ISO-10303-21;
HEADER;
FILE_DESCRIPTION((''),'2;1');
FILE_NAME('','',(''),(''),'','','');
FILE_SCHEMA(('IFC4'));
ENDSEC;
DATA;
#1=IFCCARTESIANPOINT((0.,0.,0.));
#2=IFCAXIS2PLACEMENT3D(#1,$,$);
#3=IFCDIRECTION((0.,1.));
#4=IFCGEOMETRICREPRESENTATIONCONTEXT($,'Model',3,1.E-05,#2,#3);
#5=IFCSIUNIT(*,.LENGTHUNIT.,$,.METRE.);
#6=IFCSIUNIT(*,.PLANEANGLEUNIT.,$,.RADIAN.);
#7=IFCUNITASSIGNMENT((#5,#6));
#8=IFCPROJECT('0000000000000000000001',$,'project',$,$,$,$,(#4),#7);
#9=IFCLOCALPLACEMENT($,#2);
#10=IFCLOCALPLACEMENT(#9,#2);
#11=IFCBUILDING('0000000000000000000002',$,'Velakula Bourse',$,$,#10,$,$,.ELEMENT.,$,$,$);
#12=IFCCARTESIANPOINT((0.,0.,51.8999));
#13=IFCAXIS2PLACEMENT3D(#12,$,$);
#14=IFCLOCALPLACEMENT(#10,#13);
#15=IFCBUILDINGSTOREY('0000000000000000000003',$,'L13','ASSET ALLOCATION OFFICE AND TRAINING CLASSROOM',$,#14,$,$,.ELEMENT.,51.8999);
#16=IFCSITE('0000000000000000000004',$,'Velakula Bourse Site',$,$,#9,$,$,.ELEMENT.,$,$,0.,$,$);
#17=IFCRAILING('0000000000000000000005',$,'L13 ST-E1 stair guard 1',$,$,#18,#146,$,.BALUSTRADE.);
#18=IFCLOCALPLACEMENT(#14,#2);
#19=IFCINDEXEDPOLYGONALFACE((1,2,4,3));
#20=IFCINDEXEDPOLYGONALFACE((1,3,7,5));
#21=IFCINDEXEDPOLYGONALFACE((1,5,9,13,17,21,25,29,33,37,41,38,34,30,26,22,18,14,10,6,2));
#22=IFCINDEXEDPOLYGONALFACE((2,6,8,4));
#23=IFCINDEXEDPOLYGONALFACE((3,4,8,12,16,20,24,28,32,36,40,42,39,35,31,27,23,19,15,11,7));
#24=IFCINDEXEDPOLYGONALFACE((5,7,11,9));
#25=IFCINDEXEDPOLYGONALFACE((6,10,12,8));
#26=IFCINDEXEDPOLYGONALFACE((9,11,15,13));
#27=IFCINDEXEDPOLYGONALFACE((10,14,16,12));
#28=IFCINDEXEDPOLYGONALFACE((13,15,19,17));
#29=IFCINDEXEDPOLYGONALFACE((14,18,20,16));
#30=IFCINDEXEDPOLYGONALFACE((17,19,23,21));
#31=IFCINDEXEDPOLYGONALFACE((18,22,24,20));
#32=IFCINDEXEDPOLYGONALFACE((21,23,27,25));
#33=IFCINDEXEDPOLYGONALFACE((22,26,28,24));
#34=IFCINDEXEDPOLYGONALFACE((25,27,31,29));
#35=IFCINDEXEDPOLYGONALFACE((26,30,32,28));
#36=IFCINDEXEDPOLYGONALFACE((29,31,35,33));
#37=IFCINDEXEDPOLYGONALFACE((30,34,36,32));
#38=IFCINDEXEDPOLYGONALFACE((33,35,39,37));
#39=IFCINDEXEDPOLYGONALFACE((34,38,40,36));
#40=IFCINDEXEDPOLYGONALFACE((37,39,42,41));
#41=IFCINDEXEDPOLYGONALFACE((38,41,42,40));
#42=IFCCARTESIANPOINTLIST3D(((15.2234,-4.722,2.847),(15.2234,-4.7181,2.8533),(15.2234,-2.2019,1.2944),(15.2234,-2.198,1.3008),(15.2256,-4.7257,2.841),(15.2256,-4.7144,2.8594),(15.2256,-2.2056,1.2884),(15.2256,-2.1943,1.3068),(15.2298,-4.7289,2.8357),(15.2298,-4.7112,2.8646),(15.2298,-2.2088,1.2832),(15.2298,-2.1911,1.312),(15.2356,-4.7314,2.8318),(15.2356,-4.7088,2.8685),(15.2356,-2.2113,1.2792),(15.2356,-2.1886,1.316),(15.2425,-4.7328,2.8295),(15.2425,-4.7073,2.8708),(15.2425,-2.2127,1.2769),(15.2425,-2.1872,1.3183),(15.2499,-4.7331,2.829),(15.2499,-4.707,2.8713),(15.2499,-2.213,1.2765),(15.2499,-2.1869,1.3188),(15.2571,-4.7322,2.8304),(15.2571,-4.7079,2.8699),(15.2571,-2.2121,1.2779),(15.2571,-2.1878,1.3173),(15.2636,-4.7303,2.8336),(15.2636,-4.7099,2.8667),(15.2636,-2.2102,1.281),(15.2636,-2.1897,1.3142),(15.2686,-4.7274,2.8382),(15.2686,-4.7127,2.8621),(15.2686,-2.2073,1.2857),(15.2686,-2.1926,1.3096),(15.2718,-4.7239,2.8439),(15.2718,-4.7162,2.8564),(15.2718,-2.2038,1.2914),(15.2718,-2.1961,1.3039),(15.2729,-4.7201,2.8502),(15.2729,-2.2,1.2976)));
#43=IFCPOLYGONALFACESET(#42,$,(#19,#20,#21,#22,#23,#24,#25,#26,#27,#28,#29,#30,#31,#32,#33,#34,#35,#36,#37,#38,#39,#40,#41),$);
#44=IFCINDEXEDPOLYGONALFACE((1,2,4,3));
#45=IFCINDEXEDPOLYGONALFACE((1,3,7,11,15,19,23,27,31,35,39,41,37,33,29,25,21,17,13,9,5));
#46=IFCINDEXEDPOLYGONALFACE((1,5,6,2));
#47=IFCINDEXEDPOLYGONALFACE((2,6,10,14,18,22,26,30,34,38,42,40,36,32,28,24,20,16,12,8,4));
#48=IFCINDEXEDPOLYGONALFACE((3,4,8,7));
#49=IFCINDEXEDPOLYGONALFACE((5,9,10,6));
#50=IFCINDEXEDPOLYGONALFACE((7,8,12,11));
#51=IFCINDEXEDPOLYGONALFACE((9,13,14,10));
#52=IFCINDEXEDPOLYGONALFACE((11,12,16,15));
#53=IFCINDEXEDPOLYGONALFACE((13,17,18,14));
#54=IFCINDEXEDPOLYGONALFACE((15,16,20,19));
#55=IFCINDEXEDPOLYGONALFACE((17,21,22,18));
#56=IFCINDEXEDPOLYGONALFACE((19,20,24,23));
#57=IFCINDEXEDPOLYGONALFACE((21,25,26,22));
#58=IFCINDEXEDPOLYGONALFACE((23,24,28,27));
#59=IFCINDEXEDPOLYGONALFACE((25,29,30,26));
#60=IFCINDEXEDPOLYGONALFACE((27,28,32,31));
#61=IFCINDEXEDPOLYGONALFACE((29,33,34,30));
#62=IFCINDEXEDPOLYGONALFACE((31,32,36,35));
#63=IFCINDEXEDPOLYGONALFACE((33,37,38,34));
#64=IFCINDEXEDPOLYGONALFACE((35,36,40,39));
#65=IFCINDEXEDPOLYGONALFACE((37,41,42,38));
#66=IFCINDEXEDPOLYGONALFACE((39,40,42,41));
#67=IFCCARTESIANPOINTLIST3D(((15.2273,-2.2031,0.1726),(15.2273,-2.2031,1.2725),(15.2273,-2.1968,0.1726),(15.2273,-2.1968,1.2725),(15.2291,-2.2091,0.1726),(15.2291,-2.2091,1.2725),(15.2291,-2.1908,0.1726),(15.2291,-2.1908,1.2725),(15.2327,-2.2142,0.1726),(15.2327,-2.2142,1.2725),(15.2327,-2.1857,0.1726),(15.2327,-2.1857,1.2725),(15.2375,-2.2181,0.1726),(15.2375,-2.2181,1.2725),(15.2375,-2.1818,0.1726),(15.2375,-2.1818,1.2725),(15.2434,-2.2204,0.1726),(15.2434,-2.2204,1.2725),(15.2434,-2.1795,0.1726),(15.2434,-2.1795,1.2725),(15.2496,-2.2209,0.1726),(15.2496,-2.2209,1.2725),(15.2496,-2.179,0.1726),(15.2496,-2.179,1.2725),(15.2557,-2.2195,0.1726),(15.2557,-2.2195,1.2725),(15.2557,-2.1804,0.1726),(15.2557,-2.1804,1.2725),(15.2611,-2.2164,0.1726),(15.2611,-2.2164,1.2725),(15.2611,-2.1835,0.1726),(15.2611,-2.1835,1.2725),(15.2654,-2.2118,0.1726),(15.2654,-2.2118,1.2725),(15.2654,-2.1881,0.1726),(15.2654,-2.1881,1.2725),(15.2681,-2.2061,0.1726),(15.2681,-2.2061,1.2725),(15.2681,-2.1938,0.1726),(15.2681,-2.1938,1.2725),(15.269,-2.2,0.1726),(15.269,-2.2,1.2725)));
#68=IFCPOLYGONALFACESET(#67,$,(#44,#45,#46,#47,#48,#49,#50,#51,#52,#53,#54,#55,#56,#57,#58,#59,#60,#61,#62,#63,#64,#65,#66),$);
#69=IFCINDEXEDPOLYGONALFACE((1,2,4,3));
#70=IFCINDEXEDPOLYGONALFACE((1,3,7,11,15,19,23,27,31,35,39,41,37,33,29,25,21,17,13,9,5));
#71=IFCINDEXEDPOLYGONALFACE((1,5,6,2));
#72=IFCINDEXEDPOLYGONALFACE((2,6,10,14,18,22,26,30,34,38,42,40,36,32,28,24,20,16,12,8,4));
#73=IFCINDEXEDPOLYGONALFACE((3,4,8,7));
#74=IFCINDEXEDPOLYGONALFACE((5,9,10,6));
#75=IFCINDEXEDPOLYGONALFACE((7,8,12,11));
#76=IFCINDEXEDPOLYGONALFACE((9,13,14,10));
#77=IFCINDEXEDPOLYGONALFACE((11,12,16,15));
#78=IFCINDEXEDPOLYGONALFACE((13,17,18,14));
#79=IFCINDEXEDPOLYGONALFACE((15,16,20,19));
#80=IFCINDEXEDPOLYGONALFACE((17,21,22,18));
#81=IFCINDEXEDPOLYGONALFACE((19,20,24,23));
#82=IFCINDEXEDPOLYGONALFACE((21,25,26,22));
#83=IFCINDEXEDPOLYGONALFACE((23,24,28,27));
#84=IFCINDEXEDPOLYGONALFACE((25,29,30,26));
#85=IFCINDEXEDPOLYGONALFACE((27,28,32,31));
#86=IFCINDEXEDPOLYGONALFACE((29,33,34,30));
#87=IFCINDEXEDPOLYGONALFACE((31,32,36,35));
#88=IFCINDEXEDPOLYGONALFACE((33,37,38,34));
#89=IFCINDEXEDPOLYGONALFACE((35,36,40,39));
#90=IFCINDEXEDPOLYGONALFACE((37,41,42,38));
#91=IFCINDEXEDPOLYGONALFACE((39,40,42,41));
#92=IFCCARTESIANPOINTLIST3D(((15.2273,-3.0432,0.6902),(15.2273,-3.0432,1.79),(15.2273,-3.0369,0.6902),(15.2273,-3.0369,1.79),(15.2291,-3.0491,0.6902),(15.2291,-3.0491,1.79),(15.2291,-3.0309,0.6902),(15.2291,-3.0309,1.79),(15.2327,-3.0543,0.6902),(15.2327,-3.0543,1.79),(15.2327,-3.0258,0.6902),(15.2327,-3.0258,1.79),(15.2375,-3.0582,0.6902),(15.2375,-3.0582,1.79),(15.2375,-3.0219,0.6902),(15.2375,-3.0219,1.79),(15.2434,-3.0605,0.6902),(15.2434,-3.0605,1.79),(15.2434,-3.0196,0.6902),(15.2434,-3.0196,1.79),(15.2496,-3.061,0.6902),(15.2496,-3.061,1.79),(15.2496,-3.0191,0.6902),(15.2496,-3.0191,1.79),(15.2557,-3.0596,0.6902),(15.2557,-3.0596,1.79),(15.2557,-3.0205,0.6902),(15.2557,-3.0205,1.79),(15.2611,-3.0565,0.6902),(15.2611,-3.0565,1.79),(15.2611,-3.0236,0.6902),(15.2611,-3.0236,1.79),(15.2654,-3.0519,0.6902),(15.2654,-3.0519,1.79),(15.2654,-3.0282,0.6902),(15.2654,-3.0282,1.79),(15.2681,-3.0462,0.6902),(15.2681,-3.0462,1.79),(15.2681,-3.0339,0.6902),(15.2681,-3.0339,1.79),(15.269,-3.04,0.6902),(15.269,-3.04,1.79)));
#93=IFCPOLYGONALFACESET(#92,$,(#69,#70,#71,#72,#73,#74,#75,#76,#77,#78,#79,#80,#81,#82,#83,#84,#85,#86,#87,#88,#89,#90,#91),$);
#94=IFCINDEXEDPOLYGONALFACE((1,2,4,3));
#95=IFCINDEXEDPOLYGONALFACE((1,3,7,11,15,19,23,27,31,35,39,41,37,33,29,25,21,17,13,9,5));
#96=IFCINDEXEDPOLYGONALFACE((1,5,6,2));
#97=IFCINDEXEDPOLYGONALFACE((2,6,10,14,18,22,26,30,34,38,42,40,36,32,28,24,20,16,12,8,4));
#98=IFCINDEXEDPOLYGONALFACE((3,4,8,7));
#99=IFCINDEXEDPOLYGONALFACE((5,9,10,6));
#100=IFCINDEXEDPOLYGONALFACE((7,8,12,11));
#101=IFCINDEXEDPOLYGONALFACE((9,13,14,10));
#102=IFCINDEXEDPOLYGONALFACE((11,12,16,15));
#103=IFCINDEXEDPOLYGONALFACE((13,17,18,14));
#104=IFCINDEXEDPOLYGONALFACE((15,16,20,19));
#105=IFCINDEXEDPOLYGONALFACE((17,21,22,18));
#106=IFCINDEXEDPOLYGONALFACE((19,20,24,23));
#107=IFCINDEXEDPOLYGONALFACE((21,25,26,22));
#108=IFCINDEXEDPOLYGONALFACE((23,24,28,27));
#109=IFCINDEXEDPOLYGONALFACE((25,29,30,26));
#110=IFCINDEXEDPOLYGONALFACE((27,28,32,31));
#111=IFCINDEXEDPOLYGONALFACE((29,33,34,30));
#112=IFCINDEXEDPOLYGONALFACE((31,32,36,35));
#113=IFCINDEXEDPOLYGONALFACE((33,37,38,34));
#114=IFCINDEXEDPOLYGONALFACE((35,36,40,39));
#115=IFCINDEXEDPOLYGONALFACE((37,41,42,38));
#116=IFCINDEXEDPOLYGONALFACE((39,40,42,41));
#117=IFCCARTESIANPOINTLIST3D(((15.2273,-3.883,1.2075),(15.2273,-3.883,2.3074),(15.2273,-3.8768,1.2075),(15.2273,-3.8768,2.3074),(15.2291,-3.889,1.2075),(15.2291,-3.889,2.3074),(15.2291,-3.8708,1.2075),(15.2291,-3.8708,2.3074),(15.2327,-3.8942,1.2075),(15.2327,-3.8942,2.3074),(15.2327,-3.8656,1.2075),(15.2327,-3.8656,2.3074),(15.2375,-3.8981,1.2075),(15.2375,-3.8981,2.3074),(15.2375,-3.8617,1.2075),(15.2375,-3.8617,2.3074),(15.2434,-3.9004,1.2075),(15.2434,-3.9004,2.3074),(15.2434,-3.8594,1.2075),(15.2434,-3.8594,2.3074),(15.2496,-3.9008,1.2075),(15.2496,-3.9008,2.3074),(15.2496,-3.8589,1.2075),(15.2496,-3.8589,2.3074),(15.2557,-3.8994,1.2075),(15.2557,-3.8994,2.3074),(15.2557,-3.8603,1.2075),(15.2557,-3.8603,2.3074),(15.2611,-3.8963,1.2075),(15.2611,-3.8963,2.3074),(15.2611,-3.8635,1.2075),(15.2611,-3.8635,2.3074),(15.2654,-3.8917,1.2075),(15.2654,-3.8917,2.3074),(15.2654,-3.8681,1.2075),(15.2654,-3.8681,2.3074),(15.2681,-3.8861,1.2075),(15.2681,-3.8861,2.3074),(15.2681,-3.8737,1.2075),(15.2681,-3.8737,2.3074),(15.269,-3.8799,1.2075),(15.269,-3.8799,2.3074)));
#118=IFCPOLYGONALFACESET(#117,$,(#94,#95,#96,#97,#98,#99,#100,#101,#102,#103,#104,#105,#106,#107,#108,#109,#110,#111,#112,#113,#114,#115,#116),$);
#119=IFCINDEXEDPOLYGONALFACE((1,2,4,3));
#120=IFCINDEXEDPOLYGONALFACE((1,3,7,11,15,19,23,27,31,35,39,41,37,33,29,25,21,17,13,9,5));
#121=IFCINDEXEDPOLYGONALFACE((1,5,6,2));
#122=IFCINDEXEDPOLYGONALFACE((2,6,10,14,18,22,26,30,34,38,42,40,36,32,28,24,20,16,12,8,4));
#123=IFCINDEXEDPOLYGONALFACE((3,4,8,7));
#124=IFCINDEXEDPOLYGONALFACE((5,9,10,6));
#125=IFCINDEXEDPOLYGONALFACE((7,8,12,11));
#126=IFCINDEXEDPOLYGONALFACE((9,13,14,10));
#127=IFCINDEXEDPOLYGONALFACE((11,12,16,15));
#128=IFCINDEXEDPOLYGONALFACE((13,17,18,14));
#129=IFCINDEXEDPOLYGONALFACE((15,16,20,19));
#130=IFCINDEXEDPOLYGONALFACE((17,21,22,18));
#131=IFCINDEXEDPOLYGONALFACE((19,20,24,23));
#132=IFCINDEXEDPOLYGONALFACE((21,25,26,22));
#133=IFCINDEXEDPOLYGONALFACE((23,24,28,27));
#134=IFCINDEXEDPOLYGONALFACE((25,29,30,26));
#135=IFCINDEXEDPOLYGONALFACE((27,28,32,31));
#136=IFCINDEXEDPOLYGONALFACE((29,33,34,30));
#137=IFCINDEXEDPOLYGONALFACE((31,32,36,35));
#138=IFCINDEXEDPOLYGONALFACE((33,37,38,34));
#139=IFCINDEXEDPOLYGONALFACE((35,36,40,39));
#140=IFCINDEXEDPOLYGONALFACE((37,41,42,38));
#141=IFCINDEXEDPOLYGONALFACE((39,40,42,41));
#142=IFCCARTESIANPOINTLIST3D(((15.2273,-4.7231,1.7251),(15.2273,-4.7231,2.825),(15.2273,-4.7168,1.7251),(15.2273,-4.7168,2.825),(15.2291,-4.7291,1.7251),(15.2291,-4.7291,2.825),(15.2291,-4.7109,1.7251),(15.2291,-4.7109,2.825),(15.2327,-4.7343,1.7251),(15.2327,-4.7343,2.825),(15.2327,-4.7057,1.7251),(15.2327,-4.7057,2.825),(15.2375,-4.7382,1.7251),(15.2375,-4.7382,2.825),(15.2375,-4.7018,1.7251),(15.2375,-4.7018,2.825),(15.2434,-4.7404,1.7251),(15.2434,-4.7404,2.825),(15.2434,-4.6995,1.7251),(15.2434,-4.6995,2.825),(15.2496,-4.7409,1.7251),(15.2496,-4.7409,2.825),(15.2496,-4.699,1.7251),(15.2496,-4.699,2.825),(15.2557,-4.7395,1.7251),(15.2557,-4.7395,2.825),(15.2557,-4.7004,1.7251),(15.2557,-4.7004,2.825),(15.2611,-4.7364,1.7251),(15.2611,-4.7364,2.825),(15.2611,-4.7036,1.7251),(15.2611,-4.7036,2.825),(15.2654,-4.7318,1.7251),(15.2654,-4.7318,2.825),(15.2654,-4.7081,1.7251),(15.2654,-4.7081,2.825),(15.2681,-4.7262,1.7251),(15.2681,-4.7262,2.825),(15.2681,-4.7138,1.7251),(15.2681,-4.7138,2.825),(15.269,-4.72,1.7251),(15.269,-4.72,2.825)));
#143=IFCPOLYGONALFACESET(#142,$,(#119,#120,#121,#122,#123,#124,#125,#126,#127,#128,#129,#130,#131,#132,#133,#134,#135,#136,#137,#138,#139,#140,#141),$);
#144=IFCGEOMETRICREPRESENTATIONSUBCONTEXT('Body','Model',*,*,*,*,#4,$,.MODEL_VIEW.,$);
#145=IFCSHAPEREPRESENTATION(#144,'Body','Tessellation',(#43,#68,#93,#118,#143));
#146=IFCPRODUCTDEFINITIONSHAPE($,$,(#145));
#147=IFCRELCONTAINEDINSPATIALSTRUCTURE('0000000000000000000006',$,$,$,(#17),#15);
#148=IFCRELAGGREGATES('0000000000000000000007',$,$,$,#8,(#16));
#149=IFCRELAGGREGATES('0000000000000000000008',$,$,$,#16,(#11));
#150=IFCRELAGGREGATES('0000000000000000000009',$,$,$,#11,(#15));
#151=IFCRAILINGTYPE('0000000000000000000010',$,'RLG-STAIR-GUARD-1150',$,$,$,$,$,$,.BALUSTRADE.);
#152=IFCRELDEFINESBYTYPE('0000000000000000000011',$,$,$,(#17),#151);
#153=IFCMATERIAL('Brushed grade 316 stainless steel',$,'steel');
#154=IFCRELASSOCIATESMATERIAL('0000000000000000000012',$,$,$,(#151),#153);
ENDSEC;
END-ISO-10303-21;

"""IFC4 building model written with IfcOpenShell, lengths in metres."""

from ifc_helpers import new_model, si_unit, direction, frame, origin, origin_2d, place, context, subcontext, project, spatial, circle, extrude, material, type_object, element, save


model = new_model("IFC4")

# Units and contexts
model_context = context("Model", 3, precision=1e-05, world=origin(), true_north=direction((0.0, 1.0)))
body_context = subcontext(model_context, "Body", "Model", "MODEL_VIEW")
ifc_project = project(units=[si_unit("LENGTHUNIT", "METRE"), si_unit("PLANEANGLEUNIT", "RADIAN")], contexts=[model_context])

# Site, building, storey
site_placement = place(None, origin())
site = spatial("IfcSite", under=ifc_project, at=site_placement, Name="Velakula Bourse Site", CompositionType="ELEMENT", RefElevation=0.0)
building_placement = place(site_placement, origin())
building = spatial("IfcBuilding", under=site, at=building_placement, Name="Velakula Bourse", CompositionType="ELEMENT")
storey_placement = place(building_placement, frame((0.0, 0.0, 51.8999)))
storey = spatial("IfcBuildingStorey", under=building, at=storey_placement, Name="L13", Description="ASSET ALLOCATION OFFICE AND TRAINING CLASSROOM", CompositionType="ELEMENT", Elevation=51.8999)

# Shared definitions
ifc_material_1 = material(Name="Brushed grade 316 stainless steel", Category="steel")

# Railing
railing_type_1 = type_object("IfcRailingType", Name="RLG-STAIR-GUARD-1150", PredefinedType="BALUSTRADE", material=ifc_material_1)
railing_1_placement = place(storey_placement, frame((15.248, -2.2, 0.1726)))
element("IfcRailing", 1, at=railing_1_placement, inside=storey, type_object=railing_type_1, Name="L13 ST-E1 stair guard 1", PredefinedType="BALUSTRADE", context=body_context, shape_type="SweptSolid", body=[
    extrude(circle(Radius=0.0249, at=origin_2d()), frame((0.0, 0.0, 1.125), z_axis=(0.0, -0.8514, 0.524516), x_axis=(1.0, 0.0, 0.0)), (0.0, 0.0, 1.0), 2.96),
    extrude(circle(Radius=0.021, at=origin_2d()), origin(), (0.0, 0.0, 1.0), 1.0999),
    extrude(circle(Radius=0.021, at=origin_2d()), frame((0.0, -0.8401, 0.5176)), (0.0, 0.0, 1.0), 1.0999),
    extrude(circle(Radius=0.021, at=origin_2d()), frame((0.0, -1.6799, 1.0349)), (0.0, 0.0, 1.0), 1.0999),
    extrude(circle(Radius=0.021, at=origin_2d()), frame((0.0, -2.52, 1.5525)), (0.0, 0.0, 1.0), 1.0999),
])

save(model, "model.ifc")
